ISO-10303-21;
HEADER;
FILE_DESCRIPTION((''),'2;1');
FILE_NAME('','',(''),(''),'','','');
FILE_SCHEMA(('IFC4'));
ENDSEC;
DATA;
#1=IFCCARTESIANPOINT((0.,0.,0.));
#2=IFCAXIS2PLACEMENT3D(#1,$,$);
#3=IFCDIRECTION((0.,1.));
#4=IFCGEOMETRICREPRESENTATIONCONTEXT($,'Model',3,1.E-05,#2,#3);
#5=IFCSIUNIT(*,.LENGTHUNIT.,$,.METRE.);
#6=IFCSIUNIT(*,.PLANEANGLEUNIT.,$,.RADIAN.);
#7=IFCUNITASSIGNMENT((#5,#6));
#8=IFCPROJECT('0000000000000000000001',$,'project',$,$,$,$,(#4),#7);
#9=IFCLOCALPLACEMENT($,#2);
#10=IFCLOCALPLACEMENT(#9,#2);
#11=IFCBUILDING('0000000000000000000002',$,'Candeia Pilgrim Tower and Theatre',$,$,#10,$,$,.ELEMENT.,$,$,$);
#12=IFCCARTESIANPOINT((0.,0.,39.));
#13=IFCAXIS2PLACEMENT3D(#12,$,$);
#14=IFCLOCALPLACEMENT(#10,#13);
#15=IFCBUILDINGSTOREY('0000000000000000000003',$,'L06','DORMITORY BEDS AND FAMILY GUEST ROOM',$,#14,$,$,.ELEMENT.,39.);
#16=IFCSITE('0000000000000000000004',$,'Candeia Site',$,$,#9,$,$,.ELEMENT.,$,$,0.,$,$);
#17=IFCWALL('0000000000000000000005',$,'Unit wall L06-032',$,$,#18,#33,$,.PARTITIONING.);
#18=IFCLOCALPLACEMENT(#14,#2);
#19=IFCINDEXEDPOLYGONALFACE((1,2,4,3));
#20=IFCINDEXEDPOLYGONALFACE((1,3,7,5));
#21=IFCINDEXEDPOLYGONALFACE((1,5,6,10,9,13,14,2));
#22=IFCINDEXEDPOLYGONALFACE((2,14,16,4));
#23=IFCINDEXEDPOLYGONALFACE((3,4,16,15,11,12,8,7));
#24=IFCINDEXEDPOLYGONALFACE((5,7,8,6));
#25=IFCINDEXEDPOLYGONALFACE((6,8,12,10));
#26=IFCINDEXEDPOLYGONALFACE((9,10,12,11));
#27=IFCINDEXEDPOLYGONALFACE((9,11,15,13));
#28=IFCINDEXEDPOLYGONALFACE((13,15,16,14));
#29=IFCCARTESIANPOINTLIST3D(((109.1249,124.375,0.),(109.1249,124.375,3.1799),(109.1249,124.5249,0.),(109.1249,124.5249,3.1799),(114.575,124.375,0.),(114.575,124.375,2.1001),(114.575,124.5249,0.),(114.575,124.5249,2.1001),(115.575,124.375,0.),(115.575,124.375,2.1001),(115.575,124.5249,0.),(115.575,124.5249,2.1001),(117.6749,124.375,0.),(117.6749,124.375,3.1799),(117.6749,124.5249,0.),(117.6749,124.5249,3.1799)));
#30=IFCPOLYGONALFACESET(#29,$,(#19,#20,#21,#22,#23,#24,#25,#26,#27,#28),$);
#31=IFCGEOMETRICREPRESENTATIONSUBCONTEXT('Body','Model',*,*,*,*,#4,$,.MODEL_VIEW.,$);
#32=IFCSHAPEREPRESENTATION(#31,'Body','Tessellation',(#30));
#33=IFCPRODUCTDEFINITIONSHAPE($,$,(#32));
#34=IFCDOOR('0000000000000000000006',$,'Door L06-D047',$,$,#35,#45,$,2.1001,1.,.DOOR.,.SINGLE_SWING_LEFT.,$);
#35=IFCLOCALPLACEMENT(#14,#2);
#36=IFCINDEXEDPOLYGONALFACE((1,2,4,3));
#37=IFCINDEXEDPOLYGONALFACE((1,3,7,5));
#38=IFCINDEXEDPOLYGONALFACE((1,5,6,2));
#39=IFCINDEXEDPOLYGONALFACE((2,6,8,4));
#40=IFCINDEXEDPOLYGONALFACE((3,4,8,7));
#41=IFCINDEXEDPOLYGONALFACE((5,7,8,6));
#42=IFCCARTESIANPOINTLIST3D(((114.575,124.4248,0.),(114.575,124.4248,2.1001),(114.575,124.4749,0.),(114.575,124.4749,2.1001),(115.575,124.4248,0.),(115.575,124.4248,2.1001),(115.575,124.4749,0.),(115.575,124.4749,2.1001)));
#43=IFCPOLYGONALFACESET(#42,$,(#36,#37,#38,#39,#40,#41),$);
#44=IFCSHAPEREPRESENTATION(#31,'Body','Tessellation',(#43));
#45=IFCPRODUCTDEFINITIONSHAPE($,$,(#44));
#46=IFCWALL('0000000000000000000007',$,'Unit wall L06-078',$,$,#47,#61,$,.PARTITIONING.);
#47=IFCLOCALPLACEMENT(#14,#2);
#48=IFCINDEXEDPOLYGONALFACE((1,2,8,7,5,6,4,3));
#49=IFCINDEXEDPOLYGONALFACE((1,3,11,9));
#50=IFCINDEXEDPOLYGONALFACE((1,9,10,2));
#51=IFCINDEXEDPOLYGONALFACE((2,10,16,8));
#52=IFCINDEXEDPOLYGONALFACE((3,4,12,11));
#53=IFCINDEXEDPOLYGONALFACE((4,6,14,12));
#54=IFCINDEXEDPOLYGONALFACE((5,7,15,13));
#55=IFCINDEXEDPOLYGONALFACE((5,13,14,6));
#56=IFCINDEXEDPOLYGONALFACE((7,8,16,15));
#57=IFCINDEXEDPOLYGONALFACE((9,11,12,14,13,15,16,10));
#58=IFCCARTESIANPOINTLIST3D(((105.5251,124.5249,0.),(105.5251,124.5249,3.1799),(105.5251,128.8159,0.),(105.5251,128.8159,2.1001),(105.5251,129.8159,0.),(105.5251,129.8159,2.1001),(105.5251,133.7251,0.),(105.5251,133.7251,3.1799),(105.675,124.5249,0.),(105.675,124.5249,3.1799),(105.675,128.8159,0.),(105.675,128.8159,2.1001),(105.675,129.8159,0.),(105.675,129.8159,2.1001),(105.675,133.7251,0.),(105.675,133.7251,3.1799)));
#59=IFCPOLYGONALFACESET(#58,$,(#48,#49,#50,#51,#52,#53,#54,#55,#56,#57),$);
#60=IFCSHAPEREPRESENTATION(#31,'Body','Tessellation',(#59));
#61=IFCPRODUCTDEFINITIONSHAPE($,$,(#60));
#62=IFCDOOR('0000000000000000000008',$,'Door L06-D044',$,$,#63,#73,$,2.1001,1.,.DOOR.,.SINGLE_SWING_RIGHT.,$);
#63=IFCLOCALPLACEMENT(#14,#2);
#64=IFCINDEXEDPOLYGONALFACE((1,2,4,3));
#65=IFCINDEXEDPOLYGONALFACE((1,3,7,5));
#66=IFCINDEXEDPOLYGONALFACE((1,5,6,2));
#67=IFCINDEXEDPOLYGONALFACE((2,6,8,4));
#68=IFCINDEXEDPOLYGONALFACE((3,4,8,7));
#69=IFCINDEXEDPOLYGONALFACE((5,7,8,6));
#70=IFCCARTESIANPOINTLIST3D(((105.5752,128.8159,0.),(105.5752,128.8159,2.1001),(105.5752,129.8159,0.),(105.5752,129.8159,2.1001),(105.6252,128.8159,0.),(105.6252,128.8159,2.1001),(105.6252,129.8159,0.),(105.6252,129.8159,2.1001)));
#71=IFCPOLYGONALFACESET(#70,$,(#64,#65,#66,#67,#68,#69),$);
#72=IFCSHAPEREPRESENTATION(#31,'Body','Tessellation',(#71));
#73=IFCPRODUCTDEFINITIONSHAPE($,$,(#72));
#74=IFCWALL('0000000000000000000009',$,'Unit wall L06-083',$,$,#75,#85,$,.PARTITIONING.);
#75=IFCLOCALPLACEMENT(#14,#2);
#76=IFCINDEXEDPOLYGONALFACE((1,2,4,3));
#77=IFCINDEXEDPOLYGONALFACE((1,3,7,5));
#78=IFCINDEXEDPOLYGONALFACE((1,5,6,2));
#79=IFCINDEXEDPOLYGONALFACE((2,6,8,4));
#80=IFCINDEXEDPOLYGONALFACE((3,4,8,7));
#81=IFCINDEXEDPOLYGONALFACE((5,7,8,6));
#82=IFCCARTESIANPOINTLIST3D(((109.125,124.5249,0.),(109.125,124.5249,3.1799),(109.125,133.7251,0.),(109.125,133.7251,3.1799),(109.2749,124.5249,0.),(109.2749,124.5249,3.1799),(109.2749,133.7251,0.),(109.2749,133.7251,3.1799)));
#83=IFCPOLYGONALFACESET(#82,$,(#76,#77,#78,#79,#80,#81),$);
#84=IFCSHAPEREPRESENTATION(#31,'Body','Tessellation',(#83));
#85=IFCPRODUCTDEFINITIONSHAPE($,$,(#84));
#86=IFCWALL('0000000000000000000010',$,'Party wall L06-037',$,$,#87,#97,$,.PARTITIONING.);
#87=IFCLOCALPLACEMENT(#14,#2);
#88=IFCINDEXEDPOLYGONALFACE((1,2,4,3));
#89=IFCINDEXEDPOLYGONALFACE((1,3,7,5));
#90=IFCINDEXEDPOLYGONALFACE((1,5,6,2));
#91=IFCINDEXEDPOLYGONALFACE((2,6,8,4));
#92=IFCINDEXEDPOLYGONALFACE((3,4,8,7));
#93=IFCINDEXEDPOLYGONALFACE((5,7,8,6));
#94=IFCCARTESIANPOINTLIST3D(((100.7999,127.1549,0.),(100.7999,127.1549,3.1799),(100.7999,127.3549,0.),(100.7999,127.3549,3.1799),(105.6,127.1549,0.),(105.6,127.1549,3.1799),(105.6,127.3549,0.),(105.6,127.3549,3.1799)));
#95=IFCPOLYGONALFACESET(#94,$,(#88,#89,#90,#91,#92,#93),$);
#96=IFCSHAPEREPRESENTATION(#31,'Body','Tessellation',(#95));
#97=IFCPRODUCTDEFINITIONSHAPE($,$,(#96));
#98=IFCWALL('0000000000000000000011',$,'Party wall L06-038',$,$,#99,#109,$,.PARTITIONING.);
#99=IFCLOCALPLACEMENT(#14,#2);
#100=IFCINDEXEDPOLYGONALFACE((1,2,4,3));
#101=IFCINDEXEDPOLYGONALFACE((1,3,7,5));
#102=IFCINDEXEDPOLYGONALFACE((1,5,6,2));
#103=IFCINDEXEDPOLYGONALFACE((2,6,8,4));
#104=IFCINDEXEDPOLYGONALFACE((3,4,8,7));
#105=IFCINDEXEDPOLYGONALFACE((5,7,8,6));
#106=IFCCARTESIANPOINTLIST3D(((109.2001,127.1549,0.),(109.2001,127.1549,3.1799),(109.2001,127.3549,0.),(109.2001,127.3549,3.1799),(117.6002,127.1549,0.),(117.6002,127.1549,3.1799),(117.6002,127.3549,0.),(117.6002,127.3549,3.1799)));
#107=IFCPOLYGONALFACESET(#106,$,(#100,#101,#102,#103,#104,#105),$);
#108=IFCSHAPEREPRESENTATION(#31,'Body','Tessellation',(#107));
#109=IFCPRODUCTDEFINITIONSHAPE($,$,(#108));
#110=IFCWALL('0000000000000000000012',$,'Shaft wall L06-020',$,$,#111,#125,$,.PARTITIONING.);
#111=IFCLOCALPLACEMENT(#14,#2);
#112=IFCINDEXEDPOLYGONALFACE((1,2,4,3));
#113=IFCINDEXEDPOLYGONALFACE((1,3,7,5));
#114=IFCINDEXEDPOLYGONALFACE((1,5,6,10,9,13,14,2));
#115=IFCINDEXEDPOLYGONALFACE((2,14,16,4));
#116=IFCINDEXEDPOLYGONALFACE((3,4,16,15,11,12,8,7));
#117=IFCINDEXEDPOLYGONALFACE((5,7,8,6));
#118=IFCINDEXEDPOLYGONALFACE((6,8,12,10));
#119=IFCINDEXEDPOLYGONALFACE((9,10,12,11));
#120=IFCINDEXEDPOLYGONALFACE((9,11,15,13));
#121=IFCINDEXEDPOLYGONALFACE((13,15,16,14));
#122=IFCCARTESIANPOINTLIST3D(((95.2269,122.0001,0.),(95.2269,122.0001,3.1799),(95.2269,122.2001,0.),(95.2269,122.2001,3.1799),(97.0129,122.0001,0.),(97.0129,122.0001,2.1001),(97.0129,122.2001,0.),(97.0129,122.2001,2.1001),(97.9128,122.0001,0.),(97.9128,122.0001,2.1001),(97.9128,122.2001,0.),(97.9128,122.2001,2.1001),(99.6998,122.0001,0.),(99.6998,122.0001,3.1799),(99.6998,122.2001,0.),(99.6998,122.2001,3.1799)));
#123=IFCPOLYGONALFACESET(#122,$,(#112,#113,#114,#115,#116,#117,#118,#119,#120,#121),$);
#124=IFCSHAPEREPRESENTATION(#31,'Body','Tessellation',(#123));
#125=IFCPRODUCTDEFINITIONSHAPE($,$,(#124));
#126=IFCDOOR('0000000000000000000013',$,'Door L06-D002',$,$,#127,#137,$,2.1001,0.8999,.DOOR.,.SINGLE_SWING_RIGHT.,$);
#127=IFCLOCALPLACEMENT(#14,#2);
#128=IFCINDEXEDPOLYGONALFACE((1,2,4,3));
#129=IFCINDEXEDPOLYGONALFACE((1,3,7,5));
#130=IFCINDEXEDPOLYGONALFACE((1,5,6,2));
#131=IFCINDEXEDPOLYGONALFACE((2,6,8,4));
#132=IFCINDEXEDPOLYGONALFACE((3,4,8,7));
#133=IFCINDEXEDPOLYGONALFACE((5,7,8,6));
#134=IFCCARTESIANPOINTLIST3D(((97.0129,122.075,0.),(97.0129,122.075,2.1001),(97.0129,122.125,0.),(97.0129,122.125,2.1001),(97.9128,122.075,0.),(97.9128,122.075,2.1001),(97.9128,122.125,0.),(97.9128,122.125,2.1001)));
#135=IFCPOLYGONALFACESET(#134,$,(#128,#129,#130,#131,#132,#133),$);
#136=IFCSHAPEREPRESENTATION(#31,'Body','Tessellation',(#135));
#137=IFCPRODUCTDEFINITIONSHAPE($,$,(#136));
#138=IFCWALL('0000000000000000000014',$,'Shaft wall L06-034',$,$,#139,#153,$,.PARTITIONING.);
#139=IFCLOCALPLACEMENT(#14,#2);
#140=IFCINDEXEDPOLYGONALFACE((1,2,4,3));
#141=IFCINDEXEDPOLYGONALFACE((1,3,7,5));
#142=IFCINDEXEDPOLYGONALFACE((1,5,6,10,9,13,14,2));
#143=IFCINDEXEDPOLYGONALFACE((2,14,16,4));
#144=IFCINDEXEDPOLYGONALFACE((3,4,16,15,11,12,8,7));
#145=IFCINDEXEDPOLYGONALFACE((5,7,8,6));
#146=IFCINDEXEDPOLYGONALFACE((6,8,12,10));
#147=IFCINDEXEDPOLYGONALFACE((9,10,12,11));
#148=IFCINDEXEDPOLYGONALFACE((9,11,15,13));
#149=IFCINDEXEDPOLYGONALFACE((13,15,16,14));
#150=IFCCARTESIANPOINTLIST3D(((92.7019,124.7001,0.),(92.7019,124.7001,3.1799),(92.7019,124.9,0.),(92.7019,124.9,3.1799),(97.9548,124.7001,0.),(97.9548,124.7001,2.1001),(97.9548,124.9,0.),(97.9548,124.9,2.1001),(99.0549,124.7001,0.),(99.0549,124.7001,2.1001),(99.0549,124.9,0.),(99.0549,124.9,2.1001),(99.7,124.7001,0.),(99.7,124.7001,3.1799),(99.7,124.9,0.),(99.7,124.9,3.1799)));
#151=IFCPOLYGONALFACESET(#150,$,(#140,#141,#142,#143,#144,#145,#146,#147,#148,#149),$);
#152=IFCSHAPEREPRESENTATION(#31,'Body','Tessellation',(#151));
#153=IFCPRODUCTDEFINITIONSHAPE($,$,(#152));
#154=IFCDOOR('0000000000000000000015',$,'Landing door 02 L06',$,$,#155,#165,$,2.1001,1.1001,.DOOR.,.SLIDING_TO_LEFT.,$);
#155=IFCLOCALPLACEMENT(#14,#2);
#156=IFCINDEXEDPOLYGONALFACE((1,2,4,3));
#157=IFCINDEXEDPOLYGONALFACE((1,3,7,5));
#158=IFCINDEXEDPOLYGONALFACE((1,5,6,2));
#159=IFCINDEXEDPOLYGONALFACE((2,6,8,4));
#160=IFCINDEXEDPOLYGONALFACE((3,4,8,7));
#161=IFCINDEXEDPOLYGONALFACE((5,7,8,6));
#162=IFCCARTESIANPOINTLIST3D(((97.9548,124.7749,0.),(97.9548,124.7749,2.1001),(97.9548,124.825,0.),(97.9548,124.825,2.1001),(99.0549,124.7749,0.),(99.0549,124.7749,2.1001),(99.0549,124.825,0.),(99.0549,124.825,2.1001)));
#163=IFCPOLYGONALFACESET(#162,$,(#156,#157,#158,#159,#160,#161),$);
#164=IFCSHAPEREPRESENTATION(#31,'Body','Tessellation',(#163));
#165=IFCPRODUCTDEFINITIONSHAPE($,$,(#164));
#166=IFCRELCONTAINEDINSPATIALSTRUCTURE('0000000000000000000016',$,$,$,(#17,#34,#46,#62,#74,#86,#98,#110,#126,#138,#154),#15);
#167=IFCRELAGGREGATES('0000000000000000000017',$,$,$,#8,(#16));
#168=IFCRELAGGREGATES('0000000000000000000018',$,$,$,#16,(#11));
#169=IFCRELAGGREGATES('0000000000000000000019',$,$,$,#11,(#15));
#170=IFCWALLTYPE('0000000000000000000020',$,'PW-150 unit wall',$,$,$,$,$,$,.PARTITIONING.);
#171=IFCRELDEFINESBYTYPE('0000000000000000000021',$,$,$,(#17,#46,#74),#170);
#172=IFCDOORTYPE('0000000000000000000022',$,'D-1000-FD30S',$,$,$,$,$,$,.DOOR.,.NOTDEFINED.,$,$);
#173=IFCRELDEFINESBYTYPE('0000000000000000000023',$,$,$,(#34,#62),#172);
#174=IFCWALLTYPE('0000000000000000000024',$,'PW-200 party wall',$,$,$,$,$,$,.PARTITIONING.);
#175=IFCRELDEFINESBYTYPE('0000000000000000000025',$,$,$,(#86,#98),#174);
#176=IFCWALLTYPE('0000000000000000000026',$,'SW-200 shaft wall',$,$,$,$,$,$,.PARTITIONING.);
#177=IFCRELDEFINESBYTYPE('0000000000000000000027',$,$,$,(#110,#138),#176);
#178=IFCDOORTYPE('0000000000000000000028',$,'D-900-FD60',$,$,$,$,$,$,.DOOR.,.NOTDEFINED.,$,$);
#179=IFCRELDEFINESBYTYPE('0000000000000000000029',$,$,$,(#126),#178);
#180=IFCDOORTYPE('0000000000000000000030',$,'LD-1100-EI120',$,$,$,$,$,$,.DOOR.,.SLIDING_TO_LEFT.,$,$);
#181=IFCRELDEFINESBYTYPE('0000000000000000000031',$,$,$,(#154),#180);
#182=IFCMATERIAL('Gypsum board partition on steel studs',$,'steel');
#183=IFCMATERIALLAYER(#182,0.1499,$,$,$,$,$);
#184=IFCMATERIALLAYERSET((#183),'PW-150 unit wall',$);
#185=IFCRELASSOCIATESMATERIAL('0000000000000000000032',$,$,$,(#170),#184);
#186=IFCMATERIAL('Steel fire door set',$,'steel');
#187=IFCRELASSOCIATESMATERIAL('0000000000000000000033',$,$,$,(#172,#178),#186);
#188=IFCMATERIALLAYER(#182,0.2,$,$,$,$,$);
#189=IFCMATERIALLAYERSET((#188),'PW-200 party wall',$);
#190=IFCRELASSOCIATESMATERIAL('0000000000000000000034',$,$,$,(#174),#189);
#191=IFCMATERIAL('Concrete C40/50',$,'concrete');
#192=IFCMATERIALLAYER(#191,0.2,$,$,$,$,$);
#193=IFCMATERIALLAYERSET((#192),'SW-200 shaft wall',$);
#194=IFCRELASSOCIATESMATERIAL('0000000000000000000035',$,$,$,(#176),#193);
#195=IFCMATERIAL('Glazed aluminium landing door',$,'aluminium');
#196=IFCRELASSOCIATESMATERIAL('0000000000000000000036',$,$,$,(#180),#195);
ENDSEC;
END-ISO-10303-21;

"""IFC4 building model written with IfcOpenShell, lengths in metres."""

from ifc_helpers import new_model, si_unit, direction, frame, frame_2d, origin, place, context, subcontext, project, spatial, rectangle, extrude, material, layer, layer_set, type_object, element, fill, save


model = new_model("IFC4")

# Units and contexts
model_context = context("Model", 3, precision=1e-05, world=origin(), true_north=direction((0.0, 1.0)))
body_context = subcontext(model_context, "Body", "Model", "MODEL_VIEW")
ifc_project = project(units=[si_unit("LENGTHUNIT", "METRE"), si_unit("PLANEANGLEUNIT", "RADIAN")], contexts=[model_context])

# Site, building, storey
site_placement = place(None, origin())
site = spatial("IfcSite", under=ifc_project, at=site_placement, Name="Candeia Site", CompositionType="ELEMENT", RefElevation=0.0)
building_placement = place(site_placement, origin())
building = spatial("IfcBuilding", under=site, at=building_placement, Name="Candeia Pilgrim Tower and Theatre", CompositionType="ELEMENT")
storey_placement = place(building_placement, frame((0.0, 0.0, 39.0)))
storey = spatial("IfcBuildingStorey", under=building, at=storey_placement, Name="L06", Description="DORMITORY BEDS AND FAMILY GUEST ROOM", CompositionType="ELEMENT", Elevation=39.0)

# Shared definitions
ifc_material_1 = material(Name="Steel fire door set", Category="steel")
ifc_material_2 = material(Name="Gypsum board partition on steel studs", Category="steel")

# Shared definitions
ifc_layer_1 = layer(ifc_material_2, 0.1499)
ifc_layer_set_1 = layer_set([ifc_layer_1], Name="PW-150 unit wall")
wall_type_1 = type_object("IfcWallType", Name="PW-150 unit wall", PredefinedType="PARTITIONING", material=ifc_layer_set_1)

# Walls, openings, doors
door_type_1 = type_object("IfcDoorType", Name="D-1000-FD30S", OperationType="NOTDEFINED", PredefinedType="DOOR", material=ifc_material_1)
wall_1_placement = place(storey_placement, frame((109.125, 124.45, 0.0), z_axis=(0.0, 0.0, 1.0), x_axis=(1.0, 0.0, 0.0)))
wall_1 = element("IfcWall", 1, at=wall_1_placement, inside=storey, type_object=wall_type_1, Name="Unit wall L06-032", PredefinedType="PARTITIONING", context=body_context, shape_type="SweptSolid", body=[
    extrude(rectangle(XDim=8.55, YDim=0.1499, at=frame_2d((4.2749, 0.0))), origin(), (0.0, 0.0, 1.0), 3.1799),
])
opening_1_placement = place(wall_1_placement, frame((5.45, 0.0, 0.0)))
opening_1 = element("IfcOpeningElement", 2, at=opening_1_placement, cuts=wall_1, PredefinedType="OPENING", context=body_context, shape_type="SweptSolid", body=[
    extrude(rectangle(XDim=1.0, YDim=2.1001, at=frame_2d((0.5, 1.05))), frame((0.0, 0.085, 0.0), z_axis=(0.0, -1.0, 0.0), x_axis=(1.0, 0.0, 0.0)), (0.0, 0.0, 1.0), 0.1699),
])
door_1_placement = place(opening_1_placement, origin())
door_1 = element("IfcDoor", 3, at=door_1_placement, inside=storey, type_object=door_type_1, Name="Door L06-D047", OperationType="SINGLE_SWING_LEFT", OverallHeight=2.1001, OverallWidth=1.0, PredefinedType="DOOR", context=body_context, shape_type="SweptSolid", body=[
    extrude(rectangle(XDim=1.0, YDim=2.1001, at=frame_2d((0.5, 1.05))), frame((0.0, 0.0249, 0.0), z_axis=(0.0, -1.0, 0.0), x_axis=(1.0, 0.0, 0.0)), (0.0, 0.0, 1.0), 0.05),
])
fill(opening_1, door_1)
wall_2_placement = place(storey_placement, frame((105.6001, 124.5249, 0.0), z_axis=(0.0, 0.0, 1.0), x_axis=(0.0, 1.0, 0.0)))
wall_2 = element("IfcWall", 4, at=wall_2_placement, inside=storey, type_object=wall_type_1, Name="Unit wall L06-078", PredefinedType="PARTITIONING", context=body_context, shape_type="SweptSolid", body=[
    extrude(rectangle(XDim=9.2002, YDim=0.1499, at=frame_2d((4.6001, 0.0))), origin(), (0.0, 0.0, 1.0), 3.1799),
])
opening_2_placement = place(wall_2_placement, frame((4.291, 0.0, 0.0)))
opening_2 = element("IfcOpeningElement", 5, at=opening_2_placement, cuts=wall_2, PredefinedType="OPENING", context=body_context, shape_type="SweptSolid", body=[
    extrude(rectangle(XDim=1.0, YDim=2.1001, at=frame_2d((0.5, 1.05))), frame((0.0, 0.085, 0.0), z_axis=(0.0, -1.0, 0.0), x_axis=(1.0, 0.0, 0.0)), (0.0, 0.0, 1.0), 0.1699),
])
door_2_placement = place(opening_2_placement, origin())
door_2 = element("IfcDoor", 6, at=door_2_placement, inside=storey, type_object=door_type_1, Name="Door L06-D044", OperationType="SINGLE_SWING_RIGHT", OverallHeight=2.1001, OverallWidth=1.0, PredefinedType="DOOR", context=body_context, shape_type="SweptSolid", body=[
    extrude(rectangle(XDim=1.0, YDim=2.1001, at=frame_2d((0.5, 1.05))), frame((0.0, 0.0249, 0.0), z_axis=(0.0, -1.0, 0.0), x_axis=(1.0, 0.0, 0.0)), (0.0, 0.0, 1.0), 0.05),
])
fill(opening_2, door_2)

# Walls
wall_3_placement = place(storey_placement, frame((109.2, 124.5249, 0.0), z_axis=(0.0, 0.0, 1.0), x_axis=(0.0, 1.0, 0.0)))
element("IfcWall", 7, at=wall_3_placement, inside=storey, type_object=wall_type_1, Name="Unit wall L06-083", PredefinedType="PARTITIONING", context=body_context, shape_type="SweptSolid", body=[
    extrude(rectangle(XDim=9.2002, YDim=0.1499, at=frame_2d((4.6001, 0.0))), origin(), (0.0, 0.0, 1.0), 3.1799),
])
ifc_layer_2 = layer(ifc_material_2, 0.2)
ifc_layer_set_2 = layer_set([ifc_layer_2], Name="PW-200 party wall")
wall_type_2 = type_object("IfcWallType", Name="PW-200 party wall", PredefinedType="PARTITIONING", material=ifc_layer_set_2)
wall_4_placement = place(storey_placement, frame((100.8, 127.2549, 0.0), z_axis=(0.0, 0.0, 1.0), x_axis=(1.0, 0.0, 0.0)))
element("IfcWall", 8, at=wall_4_placement, inside=storey, type_object=wall_type_2, Name="Party wall L06-037", PredefinedType="PARTITIONING", context=body_context, shape_type="SweptSolid", body=[
    extrude(rectangle(XDim=4.8, YDim=0.2, at=frame_2d((2.3999, 0.0))), origin(), (0.0, 0.0, 1.0), 3.1799),
])
wall_5_placement = place(storey_placement, frame((109.2, 127.2549, 0.0), z_axis=(0.0, 0.0, 1.0), x_axis=(1.0, 0.0, 0.0)))
element("IfcWall", 9, at=wall_5_placement, inside=storey, type_object=wall_type_2, Name="Party wall L06-038", PredefinedType="PARTITIONING", context=body_context, shape_type="SweptSolid", body=[
    extrude(rectangle(XDim=8.4001, YDim=0.2, at=frame_2d((4.2002, 0.0))), origin(), (0.0, 0.0, 1.0), 3.1799),
])

# Walls, openings, doors
ifc_material_3 = material(Name="Concrete C40/50", Category="concrete")
ifc_layer_3 = layer(ifc_material_3, 0.2)
ifc_layer_set_3 = layer_set([ifc_layer_3], Name="SW-200 shaft wall")
wall_type_3 = type_object("IfcWallType", Name="SW-200 shaft wall", PredefinedType="PARTITIONING", material=ifc_layer_set_3)
wall_6_placement = place(storey_placement, frame((95.2271, 122.1001, 0.0), z_axis=(0.0, 0.0, 1.0), x_axis=(1.0, 0.0, 0.0)))
wall_6 = element("IfcWall", 10, at=wall_6_placement, inside=storey, type_object=wall_type_3, Name="Shaft wall L06-020", PredefinedType="PARTITIONING", context=body_context, shape_type="SweptSolid", body=[
    extrude(rectangle(XDim=4.4729, YDim=0.2, at=frame_2d((2.2363, 0.0))), origin(), (0.0, 0.0, 1.0), 3.1799),
])
opening_3_placement = place(wall_6_placement, frame((1.7859, 0.0, 0.0)))
opening_3 = element("IfcOpeningElement", 11, at=opening_3_placement, cuts=wall_6, PredefinedType="OPENING", context=body_context, shape_type="SweptSolid", body=[
    extrude(rectangle(XDim=0.8999, YDim=2.1001, at=frame_2d((0.45, 1.05))), frame((0.0, 0.1099, 0.0), z_axis=(0.0, -1.0, 0.0), x_axis=(1.0, 0.0, 0.0)), (0.0, 0.0, 1.0), 0.22),
])
door_type_2 = type_object("IfcDoorType", Name="D-900-FD60", OperationType="NOTDEFINED", PredefinedType="DOOR", material=ifc_material_1)
door_3_placement = place(opening_3_placement, origin())
door_3 = element("IfcDoor", 12, at=door_3_placement, inside=storey, type_object=door_type_2, Name="Door L06-D002", OperationType="SINGLE_SWING_RIGHT", OverallHeight=2.1001, OverallWidth=0.8999, PredefinedType="DOOR", context=body_context, shape_type="SweptSolid", body=[
    extrude(rectangle(XDim=0.8999, YDim=2.1001, at=frame_2d((0.45, 1.05))), frame((0.0, 0.0249, 0.0), z_axis=(0.0, -1.0, 0.0), x_axis=(1.0, 0.0, 0.0)), (0.0, 0.0, 1.0), 0.05),
])
fill(opening_3, door_3)
wall_7_placement = place(storey_placement, frame((92.7019, 124.8, 0.0), z_axis=(0.0, 0.0, 1.0), x_axis=(1.0, 0.0, 0.0)))
wall_7 = element("IfcWall", 13, at=wall_7_placement, inside=storey, type_object=wall_type_3, Name="Shaft wall L06-034", PredefinedType="PARTITIONING", context=body_context, shape_type="SweptSolid", body=[
    extrude(rectangle(XDim=6.998, YDim=0.2, at=frame_2d((3.499, 0.0))), origin(), (0.0, 0.0, 1.0), 3.1799),
])
opening_4_placement = place(wall_7_placement, frame((5.2529, 0.0, 0.0)))
opening_4 = element("IfcOpeningElement", 14, at=opening_4_placement, cuts=wall_7, PredefinedType="OPENING", context=body_context, shape_type="SweptSolid", body=[
    extrude(rectangle(XDim=1.1001, YDim=2.1001, at=frame_2d((0.55, 1.05))), frame((0.0, 0.1099, 0.0), z_axis=(0.0, -1.0, 0.0), x_axis=(1.0, 0.0, 0.0)), (0.0, 0.0, 1.0), 0.22),
])
ifc_material_4 = material(Name="Glazed aluminium landing door", Category="aluminium")
door_type_3 = type_object("IfcDoorType", Name="LD-1100-EI120", OperationType="SLIDING_TO_LEFT", PredefinedType="DOOR", material=ifc_material_4)
door_4_placement = place(opening_4_placement, origin())
door_4 = element("IfcDoor", 15, at=door_4_placement, inside=storey, type_object=door_type_3, Name="Landing door 02 L06", OperationType="SLIDING_TO_LEFT", OverallHeight=2.1001, OverallWidth=1.1001, PredefinedType="DOOR", context=body_context, shape_type="SweptSolid", body=[
    extrude(rectangle(XDim=1.1001, YDim=2.1001, at=frame_2d((0.55, 1.05))), frame((0.0, 0.0249, 0.0), z_axis=(0.0, -1.0, 0.0), x_axis=(1.0, 0.0, 0.0)), (0.0, 0.0, 1.0), 0.05),
])
fill(opening_4, door_4)

save(model, "model.ifc")
